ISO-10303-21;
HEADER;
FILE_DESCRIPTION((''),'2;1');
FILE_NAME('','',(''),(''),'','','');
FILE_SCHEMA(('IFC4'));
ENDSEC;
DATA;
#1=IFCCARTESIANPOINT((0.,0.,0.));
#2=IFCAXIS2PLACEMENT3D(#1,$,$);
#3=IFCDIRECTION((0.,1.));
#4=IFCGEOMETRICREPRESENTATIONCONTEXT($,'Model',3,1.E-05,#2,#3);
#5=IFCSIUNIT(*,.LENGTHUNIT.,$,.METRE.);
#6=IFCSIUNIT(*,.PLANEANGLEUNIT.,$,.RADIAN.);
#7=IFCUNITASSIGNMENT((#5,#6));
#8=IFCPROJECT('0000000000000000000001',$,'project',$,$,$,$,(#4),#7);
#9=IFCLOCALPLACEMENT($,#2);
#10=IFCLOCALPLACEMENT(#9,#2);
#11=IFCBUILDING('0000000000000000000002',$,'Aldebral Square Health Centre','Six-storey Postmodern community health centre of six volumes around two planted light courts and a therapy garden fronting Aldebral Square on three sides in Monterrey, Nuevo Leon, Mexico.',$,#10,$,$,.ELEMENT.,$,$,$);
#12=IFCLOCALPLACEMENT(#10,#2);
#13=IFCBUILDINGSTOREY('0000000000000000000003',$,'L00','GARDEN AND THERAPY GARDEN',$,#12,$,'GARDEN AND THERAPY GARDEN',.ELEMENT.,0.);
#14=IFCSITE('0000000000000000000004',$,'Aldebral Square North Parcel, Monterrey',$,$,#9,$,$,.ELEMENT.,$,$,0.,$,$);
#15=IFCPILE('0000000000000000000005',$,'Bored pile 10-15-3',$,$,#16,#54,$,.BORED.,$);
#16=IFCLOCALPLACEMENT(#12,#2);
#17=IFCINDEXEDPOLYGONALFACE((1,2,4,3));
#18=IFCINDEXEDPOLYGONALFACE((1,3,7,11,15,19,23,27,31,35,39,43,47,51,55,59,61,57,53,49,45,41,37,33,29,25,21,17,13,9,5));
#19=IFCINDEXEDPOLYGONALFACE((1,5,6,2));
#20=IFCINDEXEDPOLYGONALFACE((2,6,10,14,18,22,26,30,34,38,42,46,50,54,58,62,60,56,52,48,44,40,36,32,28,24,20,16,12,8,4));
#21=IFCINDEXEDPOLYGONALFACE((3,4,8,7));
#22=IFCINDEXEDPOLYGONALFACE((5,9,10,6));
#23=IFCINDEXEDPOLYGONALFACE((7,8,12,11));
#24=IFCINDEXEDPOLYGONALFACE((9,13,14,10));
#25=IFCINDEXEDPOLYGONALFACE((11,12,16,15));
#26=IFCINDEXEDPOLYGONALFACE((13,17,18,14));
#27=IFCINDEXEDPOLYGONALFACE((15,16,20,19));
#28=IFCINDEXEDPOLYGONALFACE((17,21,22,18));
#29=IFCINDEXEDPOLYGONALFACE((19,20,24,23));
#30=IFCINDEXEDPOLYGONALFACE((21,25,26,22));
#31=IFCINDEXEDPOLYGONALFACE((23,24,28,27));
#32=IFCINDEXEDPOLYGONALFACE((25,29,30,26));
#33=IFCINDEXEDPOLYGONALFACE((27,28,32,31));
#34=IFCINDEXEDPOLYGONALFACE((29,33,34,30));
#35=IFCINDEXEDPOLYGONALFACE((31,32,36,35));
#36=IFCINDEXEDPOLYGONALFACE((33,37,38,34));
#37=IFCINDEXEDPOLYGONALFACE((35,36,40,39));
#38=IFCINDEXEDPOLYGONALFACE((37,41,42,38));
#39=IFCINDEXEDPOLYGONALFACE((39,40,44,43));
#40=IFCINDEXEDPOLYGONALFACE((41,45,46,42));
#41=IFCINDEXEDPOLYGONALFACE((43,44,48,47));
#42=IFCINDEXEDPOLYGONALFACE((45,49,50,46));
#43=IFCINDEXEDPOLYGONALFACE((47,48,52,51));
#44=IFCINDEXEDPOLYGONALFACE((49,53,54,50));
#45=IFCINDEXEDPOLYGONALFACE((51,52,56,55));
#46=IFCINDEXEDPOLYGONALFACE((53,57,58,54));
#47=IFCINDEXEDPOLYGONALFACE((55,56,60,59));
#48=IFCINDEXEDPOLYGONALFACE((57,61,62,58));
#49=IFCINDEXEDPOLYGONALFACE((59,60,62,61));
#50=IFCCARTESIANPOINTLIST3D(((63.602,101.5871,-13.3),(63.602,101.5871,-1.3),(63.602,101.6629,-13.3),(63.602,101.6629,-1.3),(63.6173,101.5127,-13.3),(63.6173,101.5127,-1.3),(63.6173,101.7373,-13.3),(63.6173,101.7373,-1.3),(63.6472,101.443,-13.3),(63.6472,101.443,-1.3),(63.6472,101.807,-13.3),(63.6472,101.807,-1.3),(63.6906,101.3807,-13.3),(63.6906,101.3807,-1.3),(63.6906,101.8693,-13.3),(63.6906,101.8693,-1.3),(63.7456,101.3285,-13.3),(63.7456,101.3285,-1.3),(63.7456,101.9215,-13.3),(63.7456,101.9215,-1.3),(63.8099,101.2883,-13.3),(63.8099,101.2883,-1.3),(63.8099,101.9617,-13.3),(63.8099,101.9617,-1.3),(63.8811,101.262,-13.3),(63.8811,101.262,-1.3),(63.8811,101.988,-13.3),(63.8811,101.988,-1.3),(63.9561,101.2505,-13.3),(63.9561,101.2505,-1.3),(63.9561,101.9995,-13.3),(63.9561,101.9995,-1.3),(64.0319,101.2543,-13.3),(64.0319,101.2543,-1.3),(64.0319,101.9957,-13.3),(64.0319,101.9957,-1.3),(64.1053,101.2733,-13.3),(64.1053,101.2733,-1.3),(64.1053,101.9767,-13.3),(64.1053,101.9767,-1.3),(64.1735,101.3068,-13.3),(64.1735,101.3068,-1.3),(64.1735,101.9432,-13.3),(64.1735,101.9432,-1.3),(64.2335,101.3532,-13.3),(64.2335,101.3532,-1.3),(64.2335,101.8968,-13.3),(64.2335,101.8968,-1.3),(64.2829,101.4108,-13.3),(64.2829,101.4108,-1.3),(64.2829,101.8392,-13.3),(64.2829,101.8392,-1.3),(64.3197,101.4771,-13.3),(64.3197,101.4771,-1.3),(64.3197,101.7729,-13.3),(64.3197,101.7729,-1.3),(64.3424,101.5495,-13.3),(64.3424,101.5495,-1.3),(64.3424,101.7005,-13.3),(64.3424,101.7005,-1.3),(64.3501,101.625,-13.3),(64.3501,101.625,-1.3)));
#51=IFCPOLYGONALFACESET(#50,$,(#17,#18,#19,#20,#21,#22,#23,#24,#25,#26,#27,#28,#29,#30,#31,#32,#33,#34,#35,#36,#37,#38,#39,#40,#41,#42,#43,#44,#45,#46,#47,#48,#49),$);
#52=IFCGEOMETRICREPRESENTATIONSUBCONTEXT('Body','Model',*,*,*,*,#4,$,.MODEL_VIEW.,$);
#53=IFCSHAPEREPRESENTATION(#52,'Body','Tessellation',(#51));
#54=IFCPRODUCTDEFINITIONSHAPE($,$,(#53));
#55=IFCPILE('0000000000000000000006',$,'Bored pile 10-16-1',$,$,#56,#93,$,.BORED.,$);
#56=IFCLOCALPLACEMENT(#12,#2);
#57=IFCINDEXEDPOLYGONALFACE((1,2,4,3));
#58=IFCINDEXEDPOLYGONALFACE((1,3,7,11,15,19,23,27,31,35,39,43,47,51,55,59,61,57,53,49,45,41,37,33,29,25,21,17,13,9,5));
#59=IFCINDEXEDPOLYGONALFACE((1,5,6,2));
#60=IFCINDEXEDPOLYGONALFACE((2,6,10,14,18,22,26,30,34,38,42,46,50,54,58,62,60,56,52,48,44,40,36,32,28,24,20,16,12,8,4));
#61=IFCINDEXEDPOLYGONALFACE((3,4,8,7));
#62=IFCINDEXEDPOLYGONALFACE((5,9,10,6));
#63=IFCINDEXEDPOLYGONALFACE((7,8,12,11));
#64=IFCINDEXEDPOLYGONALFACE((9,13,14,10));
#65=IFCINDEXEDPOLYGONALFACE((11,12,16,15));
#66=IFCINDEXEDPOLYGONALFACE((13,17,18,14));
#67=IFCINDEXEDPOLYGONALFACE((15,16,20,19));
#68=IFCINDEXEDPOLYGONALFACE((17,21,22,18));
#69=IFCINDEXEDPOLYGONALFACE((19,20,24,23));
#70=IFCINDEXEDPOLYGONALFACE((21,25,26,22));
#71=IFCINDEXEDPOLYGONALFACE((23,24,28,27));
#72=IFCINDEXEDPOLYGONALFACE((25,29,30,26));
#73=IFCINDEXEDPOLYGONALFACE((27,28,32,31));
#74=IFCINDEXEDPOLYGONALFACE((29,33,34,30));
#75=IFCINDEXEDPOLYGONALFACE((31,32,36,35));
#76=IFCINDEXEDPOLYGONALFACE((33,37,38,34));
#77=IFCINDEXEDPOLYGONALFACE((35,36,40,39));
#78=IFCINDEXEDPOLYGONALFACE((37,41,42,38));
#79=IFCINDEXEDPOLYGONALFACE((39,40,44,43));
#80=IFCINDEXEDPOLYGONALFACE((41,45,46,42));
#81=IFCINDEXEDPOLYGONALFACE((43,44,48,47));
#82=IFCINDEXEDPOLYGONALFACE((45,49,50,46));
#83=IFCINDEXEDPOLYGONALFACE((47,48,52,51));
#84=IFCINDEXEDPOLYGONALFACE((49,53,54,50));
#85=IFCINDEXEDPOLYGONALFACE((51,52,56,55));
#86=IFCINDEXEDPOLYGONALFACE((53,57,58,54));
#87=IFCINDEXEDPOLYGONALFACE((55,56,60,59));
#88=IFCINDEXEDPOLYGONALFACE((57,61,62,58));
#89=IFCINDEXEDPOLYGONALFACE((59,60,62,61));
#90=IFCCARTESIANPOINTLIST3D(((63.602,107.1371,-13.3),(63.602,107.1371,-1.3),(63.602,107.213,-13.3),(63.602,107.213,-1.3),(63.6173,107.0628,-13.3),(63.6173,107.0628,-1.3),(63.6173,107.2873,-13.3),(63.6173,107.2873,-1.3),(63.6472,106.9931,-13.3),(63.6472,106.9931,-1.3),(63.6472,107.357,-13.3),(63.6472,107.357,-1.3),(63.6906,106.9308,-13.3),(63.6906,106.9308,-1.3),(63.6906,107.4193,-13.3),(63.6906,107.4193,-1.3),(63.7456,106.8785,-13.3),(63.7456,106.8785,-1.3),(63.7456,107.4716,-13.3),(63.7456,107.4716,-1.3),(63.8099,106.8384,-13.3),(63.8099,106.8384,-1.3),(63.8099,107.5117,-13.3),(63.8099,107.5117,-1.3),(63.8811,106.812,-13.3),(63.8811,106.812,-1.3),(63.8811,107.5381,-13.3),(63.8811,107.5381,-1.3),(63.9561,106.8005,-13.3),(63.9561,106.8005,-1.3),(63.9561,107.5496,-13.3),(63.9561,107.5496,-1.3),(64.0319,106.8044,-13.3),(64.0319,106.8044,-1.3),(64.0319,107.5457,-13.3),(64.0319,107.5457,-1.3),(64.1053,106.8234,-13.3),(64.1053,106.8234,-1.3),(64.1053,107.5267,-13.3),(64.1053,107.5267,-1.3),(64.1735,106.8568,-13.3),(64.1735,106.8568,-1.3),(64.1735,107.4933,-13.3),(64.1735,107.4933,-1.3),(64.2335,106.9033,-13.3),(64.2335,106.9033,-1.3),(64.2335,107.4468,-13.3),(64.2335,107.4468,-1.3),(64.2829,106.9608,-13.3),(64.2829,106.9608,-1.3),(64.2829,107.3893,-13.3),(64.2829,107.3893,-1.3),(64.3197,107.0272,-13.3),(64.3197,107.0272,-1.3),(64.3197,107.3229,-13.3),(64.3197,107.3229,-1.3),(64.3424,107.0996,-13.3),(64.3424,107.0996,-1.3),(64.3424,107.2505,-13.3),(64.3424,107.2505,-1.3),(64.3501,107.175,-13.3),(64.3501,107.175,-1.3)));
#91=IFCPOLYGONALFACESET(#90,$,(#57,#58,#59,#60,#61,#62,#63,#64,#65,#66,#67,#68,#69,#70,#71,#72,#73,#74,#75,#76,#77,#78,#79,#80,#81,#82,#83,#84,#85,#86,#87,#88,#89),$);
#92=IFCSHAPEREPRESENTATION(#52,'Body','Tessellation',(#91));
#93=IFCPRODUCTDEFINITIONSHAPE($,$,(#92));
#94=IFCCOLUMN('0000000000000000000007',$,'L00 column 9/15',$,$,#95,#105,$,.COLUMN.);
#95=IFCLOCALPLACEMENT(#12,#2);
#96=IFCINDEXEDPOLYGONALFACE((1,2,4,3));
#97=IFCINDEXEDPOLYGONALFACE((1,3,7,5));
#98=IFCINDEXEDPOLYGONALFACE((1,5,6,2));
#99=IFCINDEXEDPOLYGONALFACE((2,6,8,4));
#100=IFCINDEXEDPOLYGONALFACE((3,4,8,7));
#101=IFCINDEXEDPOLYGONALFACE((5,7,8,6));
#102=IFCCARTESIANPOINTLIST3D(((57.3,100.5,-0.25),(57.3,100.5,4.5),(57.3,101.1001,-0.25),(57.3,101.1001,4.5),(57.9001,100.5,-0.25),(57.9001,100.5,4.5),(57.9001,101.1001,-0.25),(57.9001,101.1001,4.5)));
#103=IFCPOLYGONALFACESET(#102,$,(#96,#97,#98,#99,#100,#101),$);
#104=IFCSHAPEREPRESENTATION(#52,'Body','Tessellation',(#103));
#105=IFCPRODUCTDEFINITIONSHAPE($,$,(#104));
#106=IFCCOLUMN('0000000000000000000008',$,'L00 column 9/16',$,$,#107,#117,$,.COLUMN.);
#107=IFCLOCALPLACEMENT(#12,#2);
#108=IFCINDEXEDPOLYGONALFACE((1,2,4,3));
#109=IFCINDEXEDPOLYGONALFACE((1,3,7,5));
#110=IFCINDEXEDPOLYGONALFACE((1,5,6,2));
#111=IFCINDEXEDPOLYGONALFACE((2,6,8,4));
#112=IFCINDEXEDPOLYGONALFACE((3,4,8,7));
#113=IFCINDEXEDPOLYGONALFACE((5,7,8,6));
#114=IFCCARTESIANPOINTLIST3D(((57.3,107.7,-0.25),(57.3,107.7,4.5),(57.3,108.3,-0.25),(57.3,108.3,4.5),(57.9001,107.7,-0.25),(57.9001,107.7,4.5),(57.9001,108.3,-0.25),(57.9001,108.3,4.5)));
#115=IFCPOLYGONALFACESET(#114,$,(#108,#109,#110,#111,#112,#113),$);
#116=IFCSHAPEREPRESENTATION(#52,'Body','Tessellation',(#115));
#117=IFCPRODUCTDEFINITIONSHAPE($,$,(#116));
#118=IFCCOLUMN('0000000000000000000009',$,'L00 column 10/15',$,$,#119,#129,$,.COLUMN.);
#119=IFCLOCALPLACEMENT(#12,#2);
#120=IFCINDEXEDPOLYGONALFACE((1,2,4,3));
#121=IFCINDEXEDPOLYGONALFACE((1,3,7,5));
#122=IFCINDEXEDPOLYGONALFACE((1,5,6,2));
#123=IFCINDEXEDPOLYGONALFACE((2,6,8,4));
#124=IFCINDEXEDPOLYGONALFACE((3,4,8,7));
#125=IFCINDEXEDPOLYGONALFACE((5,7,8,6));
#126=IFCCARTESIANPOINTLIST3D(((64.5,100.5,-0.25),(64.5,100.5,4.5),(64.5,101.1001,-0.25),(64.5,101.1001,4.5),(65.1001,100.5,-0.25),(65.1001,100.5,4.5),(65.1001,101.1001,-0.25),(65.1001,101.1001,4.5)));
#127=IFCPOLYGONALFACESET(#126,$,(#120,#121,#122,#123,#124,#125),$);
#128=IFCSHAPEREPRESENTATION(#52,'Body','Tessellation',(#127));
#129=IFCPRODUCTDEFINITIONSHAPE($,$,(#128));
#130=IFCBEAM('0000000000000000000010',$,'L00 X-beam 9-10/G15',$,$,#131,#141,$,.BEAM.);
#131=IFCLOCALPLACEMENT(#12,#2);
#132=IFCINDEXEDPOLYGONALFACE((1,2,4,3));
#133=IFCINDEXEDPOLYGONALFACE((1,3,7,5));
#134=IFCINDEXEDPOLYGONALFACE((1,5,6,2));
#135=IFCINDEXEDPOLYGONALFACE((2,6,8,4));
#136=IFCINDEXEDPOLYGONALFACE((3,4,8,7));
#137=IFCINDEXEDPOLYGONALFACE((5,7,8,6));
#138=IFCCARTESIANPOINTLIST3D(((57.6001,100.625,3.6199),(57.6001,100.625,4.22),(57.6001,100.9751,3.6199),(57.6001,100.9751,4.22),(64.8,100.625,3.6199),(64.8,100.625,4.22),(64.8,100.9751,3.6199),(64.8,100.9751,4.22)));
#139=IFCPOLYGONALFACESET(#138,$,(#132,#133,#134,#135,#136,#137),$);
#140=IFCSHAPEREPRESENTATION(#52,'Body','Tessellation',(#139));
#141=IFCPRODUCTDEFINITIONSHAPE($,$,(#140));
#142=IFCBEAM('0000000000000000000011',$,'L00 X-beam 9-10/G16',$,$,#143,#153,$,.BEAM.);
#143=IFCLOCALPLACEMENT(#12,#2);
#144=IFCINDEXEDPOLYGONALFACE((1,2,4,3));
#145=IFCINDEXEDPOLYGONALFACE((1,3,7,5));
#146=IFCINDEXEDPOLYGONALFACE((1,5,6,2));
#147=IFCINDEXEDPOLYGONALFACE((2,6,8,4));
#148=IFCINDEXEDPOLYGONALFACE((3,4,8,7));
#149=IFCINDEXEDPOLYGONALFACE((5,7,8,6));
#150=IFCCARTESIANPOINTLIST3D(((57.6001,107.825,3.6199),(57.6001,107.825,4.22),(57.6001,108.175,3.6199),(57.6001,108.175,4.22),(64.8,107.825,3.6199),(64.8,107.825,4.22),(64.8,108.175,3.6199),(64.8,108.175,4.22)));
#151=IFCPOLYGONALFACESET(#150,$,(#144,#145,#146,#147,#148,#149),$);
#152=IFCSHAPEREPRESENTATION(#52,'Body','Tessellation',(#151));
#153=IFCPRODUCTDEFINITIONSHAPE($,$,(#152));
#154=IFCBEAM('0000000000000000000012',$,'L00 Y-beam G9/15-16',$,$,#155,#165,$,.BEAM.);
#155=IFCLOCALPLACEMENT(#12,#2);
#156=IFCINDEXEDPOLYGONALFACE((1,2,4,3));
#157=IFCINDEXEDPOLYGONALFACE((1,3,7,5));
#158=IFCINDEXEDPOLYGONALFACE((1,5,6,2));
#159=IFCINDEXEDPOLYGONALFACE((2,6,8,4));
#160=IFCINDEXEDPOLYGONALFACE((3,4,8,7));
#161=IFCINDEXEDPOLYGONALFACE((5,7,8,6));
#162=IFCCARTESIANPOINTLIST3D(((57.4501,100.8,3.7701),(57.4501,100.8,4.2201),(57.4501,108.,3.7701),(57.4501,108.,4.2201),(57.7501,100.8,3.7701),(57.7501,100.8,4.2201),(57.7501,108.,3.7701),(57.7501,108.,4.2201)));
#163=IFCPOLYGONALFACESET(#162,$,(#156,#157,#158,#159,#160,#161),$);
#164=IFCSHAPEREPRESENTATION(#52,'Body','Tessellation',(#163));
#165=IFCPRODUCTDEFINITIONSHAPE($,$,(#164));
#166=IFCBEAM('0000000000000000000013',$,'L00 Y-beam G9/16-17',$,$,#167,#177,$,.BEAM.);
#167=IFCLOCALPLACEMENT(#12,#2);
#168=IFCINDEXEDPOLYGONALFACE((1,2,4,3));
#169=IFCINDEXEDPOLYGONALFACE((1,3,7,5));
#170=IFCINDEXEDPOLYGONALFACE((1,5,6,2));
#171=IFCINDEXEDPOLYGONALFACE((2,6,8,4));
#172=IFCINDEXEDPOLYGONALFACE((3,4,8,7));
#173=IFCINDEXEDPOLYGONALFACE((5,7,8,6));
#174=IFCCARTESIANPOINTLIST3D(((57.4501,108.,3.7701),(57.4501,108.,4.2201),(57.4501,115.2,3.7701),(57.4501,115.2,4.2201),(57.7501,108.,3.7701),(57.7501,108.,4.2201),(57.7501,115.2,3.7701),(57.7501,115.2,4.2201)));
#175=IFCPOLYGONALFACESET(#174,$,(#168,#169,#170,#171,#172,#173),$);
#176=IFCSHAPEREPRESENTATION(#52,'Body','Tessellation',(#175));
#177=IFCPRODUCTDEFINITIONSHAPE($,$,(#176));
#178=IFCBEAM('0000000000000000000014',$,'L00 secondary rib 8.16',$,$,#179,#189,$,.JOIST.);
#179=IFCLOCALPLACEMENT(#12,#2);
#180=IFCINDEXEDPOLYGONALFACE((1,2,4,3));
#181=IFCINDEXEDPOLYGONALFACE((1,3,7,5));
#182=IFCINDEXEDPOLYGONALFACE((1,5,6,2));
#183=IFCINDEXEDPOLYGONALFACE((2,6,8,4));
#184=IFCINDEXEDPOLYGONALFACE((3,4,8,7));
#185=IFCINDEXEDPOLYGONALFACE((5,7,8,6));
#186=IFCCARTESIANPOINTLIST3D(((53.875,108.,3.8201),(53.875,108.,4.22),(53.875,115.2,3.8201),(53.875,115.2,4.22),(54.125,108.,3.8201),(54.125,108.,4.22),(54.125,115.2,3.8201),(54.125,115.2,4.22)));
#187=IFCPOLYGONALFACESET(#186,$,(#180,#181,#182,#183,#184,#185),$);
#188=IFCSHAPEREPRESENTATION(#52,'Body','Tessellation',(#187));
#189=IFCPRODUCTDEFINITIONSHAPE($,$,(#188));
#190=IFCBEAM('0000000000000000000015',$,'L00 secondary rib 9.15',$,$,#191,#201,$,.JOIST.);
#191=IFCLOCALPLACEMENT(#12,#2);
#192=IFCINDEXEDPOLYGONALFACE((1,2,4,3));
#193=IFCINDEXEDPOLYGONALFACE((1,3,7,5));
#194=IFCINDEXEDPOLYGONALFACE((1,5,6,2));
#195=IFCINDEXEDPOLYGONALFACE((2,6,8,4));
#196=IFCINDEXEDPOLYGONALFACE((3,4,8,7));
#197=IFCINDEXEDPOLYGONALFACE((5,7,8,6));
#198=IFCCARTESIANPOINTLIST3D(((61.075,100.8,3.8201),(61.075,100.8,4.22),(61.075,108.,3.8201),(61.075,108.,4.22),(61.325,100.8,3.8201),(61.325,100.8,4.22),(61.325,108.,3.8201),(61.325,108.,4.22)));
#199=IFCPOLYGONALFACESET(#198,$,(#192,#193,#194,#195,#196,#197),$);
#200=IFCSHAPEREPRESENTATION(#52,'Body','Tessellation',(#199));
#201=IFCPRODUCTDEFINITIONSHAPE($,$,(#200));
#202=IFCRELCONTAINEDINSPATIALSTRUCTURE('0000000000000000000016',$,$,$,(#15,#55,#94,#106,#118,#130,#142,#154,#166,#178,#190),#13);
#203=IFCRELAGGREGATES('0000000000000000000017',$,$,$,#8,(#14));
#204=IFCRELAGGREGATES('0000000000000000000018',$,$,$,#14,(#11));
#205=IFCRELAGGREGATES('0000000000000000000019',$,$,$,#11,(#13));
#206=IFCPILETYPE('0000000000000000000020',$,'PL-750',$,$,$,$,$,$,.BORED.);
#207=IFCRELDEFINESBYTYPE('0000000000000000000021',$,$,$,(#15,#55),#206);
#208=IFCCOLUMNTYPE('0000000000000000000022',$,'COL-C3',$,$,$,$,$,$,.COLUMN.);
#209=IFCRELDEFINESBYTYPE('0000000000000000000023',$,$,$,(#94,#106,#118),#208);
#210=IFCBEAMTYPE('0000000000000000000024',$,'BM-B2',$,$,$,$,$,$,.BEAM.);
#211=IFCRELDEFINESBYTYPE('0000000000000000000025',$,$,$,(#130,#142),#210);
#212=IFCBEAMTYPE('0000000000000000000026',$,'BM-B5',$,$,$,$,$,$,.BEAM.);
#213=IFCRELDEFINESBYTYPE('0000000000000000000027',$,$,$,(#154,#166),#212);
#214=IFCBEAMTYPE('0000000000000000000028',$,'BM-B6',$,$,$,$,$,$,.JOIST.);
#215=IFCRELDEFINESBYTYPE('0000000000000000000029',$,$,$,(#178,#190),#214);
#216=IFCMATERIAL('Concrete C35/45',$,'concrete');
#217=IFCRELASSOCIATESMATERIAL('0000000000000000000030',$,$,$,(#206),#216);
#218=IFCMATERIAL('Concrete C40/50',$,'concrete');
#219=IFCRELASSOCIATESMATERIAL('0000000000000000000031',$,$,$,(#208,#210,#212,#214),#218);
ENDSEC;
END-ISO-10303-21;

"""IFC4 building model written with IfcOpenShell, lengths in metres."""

from ifc_helpers import new_model, si_unit, direction, frame, origin, origin_2d, place, context, subcontext, project, spatial, rectangle, circle, extrude, material, material_profile, profile_set, type_object, element, save


model = new_model("IFC4")

# Units and contexts
model_context = context("Model", 3, precision=1e-05, world=origin(), true_north=direction((0.0, 1.0)))
body_context = subcontext(model_context, "Body", "Model", "MODEL_VIEW")
ifc_project = project(units=[si_unit("LENGTHUNIT", "METRE"), si_unit("PLANEANGLEUNIT", "RADIAN")], contexts=[model_context])

# Site, building, storey
site_placement = place(None, origin())
site = spatial("IfcSite", under=ifc_project, at=site_placement, Name="Aldebral Square North Parcel, Monterrey", CompositionType="ELEMENT", RefElevation=0.0)
building_placement = place(site_placement, origin())
building = spatial("IfcBuilding", under=site, at=building_placement, Name="Aldebral Square Health Centre", Description="Six-storey Postmodern community health centre of six volumes around two planted light courts and a therapy garden fronting Aldebral Square on three sides in Monterrey, Nuevo Leon, Mexico.", CompositionType="ELEMENT")
storey_placement = place(building_placement, origin())
storey = spatial("IfcBuildingStorey", under=building, at=storey_placement, Name="L00", Description="GARDEN AND THERAPY GARDEN", LongName="GARDEN AND THERAPY GARDEN", CompositionType="ELEMENT", Elevation=0.0)

# Shared definitions
ifc_material_1 = material(Name="Concrete C35/45", Category="concrete")

# Piles
ifc_material_profile_1 = material_profile(ifc_material_1, circle(Radius=0.375, at=origin_2d()), Name="PILE D750")
ifc_profile_set_1 = profile_set([ifc_material_profile_1], Name="Concrete C35/45")
pile_type = type_object("IfcPileType", Name="PL-750", PredefinedType="BORED", material=ifc_profile_set_1)
for number, where, z_axis, x_axis, name in (
    (1, (63.9751, 101.625, -1.3), (0.0, 0.0, -1.0), (1.0, 0.0, 0.0), "Bored pile 10-15-3"),
    (2, (63.9751, 107.175, -1.3), (0.0, 0.0, -1.0), (1.0, 0.0, 0.0), "Bored pile 10-16-1"),
):
    element("IfcPile", number, at=place(storey_placement, frame(where, z_axis=z_axis, x_axis=x_axis)), inside=storey, type_object=pile_type, Name=name, PredefinedType="BORED", context=body_context, shape_type="SweptSolid", body=[
        extrude(circle(Radius=0.375, at=origin_2d()), origin(), (0.0, 0.0, 1.0), 12.0),
    ])

# Columns
ifc_material_2 = material(Name="Concrete C40/50", Category="concrete")
ifc_material_profile_2 = material_profile(ifc_material_2, rectangle(XDim=0.6001, YDim=0.6001, at=origin_2d()), Name="RC 600x600")
ifc_profile_set_2 = profile_set([ifc_material_profile_2], Name="Concrete C40/50")
column_type = type_object("IfcColumnType", Name="COL-C3", PredefinedType="COLUMN", material=ifc_profile_set_2)
for number, where, z_axis, x_axis, name in (
    (3, (57.6001, 100.8, -0.25), (0.0, 0.0, 1.0), (1.0, 0.0, 0.0), "L00 column 9/15"),
    (4, (57.6001, 108.0, -0.25), (0.0, 0.0, 1.0), (1.0, 0.0, 0.0), "L00 column 9/16"),
    (5, (64.8, 100.8, -0.25), (0.0, 0.0, 1.0), (1.0, 0.0, 0.0), "L00 column 10/15"),
):
    element("IfcColumn", number, at=place(storey_placement, frame(where, z_axis=z_axis, x_axis=x_axis)), inside=storey, type_object=column_type, Name=name, PredefinedType="COLUMN", context=body_context, shape_type="SweptSolid", body=[
        extrude(rectangle(XDim=0.6001, YDim=0.6001, at=origin_2d()), origin(), (0.0, 0.0, 1.0), 4.75),
    ])

# Beams
ifc_material_profile_3 = material_profile(ifc_material_2, rectangle(XDim=0.3501, YDim=0.6001, at=origin_2d()), Name="RC 350x600")
ifc_profile_set_3 = profile_set([ifc_material_profile_3], Name="Concrete C40/50")
beam_type_1 = type_object("IfcBeamType", Name="BM-B2", PredefinedType="BEAM", material=ifc_profile_set_3)
for number, where, z_axis, x_axis, name in (
    (6, (57.6001, 100.8, 3.9199), (1.0, 0.0, 0.0), (0.0, 1.0, 0.0), "L00 X-beam 9-10/G15"),
    (7, (57.6001, 108.0, 3.9199), (1.0, 0.0, 0.0), (0.0, 1.0, 0.0), "L00 X-beam 9-10/G16"),
):
    element("IfcBeam", number, at=place(storey_placement, frame(where, z_axis=z_axis, x_axis=x_axis)), inside=storey, type_object=beam_type_1, Name=name, PredefinedType="BEAM", context=body_context, shape_type="SweptSolid", body=[
        extrude(rectangle(XDim=0.3501, YDim=0.6001, at=origin_2d()), origin(), (0.0, 0.0, 1.0), 7.2),
    ])
ifc_material_profile_4 = material_profile(ifc_material_2, rectangle(XDim=0.3, YDim=0.45, at=origin_2d()), Name="RC 300x450")
ifc_profile_set_4 = profile_set([ifc_material_profile_4], Name="Concrete C40/50")
beam_type_2 = type_object("IfcBeamType", Name="BM-B5", PredefinedType="BEAM", material=ifc_profile_set_4)
for number, where, z_axis, x_axis, name in (
    (8, (57.6001, 100.8, 3.9951), (0.0, 1.0, 0.0), (-1.0, 0.0, 0.0), "L00 Y-beam G9/15-16"),
    (9, (57.6001, 108.0, 3.9951), (0.0, 1.0, 0.0), (-1.0, 0.0, 0.0), "L00 Y-beam G9/16-17"),
):
    element("IfcBeam", number, at=place(storey_placement, frame(where, z_axis=z_axis, x_axis=x_axis)), inside=storey, type_object=beam_type_2, Name=name, PredefinedType="BEAM", context=body_context, shape_type="SweptSolid", body=[
        extrude(rectangle(XDim=0.3, YDim=0.45, at=origin_2d()), origin(), (0.0, 0.0, 1.0), 7.2),
    ])
ifc_material_profile_5 = material_profile(ifc_material_2, rectangle(XDim=0.25, YDim=0.3999, at=origin_2d()), Name="RC 250x400")
ifc_profile_set_5 = profile_set([ifc_material_profile_5], Name="Concrete C40/50")
beam_type_3 = type_object("IfcBeamType", Name="BM-B6", PredefinedType="JOIST", material=ifc_profile_set_5)
for number, where, z_axis, x_axis, name in (
    (10, (54.0, 108.0, 4.02), (0.0, 1.0, 0.0), (-1.0, 0.0, 0.0), "L00 secondary rib 8.16"),
    (11, (61.2, 100.8, 4.02), (0.0, 1.0, 0.0), (-1.0, 0.0, 0.0), "L00 secondary rib 9.15"),
):
    element("IfcBeam", number, at=place(storey_placement, frame(where, z_axis=z_axis, x_axis=x_axis)), inside=storey, type_object=beam_type_3, Name=name, PredefinedType="JOIST", context=body_context, shape_type="SweptSolid", body=[
        extrude(rectangle(XDim=0.25, YDim=0.3999, at=origin_2d()), origin(), (0.0, 0.0, 1.0), 7.2),
    ])

save(model, "model.ifc")
